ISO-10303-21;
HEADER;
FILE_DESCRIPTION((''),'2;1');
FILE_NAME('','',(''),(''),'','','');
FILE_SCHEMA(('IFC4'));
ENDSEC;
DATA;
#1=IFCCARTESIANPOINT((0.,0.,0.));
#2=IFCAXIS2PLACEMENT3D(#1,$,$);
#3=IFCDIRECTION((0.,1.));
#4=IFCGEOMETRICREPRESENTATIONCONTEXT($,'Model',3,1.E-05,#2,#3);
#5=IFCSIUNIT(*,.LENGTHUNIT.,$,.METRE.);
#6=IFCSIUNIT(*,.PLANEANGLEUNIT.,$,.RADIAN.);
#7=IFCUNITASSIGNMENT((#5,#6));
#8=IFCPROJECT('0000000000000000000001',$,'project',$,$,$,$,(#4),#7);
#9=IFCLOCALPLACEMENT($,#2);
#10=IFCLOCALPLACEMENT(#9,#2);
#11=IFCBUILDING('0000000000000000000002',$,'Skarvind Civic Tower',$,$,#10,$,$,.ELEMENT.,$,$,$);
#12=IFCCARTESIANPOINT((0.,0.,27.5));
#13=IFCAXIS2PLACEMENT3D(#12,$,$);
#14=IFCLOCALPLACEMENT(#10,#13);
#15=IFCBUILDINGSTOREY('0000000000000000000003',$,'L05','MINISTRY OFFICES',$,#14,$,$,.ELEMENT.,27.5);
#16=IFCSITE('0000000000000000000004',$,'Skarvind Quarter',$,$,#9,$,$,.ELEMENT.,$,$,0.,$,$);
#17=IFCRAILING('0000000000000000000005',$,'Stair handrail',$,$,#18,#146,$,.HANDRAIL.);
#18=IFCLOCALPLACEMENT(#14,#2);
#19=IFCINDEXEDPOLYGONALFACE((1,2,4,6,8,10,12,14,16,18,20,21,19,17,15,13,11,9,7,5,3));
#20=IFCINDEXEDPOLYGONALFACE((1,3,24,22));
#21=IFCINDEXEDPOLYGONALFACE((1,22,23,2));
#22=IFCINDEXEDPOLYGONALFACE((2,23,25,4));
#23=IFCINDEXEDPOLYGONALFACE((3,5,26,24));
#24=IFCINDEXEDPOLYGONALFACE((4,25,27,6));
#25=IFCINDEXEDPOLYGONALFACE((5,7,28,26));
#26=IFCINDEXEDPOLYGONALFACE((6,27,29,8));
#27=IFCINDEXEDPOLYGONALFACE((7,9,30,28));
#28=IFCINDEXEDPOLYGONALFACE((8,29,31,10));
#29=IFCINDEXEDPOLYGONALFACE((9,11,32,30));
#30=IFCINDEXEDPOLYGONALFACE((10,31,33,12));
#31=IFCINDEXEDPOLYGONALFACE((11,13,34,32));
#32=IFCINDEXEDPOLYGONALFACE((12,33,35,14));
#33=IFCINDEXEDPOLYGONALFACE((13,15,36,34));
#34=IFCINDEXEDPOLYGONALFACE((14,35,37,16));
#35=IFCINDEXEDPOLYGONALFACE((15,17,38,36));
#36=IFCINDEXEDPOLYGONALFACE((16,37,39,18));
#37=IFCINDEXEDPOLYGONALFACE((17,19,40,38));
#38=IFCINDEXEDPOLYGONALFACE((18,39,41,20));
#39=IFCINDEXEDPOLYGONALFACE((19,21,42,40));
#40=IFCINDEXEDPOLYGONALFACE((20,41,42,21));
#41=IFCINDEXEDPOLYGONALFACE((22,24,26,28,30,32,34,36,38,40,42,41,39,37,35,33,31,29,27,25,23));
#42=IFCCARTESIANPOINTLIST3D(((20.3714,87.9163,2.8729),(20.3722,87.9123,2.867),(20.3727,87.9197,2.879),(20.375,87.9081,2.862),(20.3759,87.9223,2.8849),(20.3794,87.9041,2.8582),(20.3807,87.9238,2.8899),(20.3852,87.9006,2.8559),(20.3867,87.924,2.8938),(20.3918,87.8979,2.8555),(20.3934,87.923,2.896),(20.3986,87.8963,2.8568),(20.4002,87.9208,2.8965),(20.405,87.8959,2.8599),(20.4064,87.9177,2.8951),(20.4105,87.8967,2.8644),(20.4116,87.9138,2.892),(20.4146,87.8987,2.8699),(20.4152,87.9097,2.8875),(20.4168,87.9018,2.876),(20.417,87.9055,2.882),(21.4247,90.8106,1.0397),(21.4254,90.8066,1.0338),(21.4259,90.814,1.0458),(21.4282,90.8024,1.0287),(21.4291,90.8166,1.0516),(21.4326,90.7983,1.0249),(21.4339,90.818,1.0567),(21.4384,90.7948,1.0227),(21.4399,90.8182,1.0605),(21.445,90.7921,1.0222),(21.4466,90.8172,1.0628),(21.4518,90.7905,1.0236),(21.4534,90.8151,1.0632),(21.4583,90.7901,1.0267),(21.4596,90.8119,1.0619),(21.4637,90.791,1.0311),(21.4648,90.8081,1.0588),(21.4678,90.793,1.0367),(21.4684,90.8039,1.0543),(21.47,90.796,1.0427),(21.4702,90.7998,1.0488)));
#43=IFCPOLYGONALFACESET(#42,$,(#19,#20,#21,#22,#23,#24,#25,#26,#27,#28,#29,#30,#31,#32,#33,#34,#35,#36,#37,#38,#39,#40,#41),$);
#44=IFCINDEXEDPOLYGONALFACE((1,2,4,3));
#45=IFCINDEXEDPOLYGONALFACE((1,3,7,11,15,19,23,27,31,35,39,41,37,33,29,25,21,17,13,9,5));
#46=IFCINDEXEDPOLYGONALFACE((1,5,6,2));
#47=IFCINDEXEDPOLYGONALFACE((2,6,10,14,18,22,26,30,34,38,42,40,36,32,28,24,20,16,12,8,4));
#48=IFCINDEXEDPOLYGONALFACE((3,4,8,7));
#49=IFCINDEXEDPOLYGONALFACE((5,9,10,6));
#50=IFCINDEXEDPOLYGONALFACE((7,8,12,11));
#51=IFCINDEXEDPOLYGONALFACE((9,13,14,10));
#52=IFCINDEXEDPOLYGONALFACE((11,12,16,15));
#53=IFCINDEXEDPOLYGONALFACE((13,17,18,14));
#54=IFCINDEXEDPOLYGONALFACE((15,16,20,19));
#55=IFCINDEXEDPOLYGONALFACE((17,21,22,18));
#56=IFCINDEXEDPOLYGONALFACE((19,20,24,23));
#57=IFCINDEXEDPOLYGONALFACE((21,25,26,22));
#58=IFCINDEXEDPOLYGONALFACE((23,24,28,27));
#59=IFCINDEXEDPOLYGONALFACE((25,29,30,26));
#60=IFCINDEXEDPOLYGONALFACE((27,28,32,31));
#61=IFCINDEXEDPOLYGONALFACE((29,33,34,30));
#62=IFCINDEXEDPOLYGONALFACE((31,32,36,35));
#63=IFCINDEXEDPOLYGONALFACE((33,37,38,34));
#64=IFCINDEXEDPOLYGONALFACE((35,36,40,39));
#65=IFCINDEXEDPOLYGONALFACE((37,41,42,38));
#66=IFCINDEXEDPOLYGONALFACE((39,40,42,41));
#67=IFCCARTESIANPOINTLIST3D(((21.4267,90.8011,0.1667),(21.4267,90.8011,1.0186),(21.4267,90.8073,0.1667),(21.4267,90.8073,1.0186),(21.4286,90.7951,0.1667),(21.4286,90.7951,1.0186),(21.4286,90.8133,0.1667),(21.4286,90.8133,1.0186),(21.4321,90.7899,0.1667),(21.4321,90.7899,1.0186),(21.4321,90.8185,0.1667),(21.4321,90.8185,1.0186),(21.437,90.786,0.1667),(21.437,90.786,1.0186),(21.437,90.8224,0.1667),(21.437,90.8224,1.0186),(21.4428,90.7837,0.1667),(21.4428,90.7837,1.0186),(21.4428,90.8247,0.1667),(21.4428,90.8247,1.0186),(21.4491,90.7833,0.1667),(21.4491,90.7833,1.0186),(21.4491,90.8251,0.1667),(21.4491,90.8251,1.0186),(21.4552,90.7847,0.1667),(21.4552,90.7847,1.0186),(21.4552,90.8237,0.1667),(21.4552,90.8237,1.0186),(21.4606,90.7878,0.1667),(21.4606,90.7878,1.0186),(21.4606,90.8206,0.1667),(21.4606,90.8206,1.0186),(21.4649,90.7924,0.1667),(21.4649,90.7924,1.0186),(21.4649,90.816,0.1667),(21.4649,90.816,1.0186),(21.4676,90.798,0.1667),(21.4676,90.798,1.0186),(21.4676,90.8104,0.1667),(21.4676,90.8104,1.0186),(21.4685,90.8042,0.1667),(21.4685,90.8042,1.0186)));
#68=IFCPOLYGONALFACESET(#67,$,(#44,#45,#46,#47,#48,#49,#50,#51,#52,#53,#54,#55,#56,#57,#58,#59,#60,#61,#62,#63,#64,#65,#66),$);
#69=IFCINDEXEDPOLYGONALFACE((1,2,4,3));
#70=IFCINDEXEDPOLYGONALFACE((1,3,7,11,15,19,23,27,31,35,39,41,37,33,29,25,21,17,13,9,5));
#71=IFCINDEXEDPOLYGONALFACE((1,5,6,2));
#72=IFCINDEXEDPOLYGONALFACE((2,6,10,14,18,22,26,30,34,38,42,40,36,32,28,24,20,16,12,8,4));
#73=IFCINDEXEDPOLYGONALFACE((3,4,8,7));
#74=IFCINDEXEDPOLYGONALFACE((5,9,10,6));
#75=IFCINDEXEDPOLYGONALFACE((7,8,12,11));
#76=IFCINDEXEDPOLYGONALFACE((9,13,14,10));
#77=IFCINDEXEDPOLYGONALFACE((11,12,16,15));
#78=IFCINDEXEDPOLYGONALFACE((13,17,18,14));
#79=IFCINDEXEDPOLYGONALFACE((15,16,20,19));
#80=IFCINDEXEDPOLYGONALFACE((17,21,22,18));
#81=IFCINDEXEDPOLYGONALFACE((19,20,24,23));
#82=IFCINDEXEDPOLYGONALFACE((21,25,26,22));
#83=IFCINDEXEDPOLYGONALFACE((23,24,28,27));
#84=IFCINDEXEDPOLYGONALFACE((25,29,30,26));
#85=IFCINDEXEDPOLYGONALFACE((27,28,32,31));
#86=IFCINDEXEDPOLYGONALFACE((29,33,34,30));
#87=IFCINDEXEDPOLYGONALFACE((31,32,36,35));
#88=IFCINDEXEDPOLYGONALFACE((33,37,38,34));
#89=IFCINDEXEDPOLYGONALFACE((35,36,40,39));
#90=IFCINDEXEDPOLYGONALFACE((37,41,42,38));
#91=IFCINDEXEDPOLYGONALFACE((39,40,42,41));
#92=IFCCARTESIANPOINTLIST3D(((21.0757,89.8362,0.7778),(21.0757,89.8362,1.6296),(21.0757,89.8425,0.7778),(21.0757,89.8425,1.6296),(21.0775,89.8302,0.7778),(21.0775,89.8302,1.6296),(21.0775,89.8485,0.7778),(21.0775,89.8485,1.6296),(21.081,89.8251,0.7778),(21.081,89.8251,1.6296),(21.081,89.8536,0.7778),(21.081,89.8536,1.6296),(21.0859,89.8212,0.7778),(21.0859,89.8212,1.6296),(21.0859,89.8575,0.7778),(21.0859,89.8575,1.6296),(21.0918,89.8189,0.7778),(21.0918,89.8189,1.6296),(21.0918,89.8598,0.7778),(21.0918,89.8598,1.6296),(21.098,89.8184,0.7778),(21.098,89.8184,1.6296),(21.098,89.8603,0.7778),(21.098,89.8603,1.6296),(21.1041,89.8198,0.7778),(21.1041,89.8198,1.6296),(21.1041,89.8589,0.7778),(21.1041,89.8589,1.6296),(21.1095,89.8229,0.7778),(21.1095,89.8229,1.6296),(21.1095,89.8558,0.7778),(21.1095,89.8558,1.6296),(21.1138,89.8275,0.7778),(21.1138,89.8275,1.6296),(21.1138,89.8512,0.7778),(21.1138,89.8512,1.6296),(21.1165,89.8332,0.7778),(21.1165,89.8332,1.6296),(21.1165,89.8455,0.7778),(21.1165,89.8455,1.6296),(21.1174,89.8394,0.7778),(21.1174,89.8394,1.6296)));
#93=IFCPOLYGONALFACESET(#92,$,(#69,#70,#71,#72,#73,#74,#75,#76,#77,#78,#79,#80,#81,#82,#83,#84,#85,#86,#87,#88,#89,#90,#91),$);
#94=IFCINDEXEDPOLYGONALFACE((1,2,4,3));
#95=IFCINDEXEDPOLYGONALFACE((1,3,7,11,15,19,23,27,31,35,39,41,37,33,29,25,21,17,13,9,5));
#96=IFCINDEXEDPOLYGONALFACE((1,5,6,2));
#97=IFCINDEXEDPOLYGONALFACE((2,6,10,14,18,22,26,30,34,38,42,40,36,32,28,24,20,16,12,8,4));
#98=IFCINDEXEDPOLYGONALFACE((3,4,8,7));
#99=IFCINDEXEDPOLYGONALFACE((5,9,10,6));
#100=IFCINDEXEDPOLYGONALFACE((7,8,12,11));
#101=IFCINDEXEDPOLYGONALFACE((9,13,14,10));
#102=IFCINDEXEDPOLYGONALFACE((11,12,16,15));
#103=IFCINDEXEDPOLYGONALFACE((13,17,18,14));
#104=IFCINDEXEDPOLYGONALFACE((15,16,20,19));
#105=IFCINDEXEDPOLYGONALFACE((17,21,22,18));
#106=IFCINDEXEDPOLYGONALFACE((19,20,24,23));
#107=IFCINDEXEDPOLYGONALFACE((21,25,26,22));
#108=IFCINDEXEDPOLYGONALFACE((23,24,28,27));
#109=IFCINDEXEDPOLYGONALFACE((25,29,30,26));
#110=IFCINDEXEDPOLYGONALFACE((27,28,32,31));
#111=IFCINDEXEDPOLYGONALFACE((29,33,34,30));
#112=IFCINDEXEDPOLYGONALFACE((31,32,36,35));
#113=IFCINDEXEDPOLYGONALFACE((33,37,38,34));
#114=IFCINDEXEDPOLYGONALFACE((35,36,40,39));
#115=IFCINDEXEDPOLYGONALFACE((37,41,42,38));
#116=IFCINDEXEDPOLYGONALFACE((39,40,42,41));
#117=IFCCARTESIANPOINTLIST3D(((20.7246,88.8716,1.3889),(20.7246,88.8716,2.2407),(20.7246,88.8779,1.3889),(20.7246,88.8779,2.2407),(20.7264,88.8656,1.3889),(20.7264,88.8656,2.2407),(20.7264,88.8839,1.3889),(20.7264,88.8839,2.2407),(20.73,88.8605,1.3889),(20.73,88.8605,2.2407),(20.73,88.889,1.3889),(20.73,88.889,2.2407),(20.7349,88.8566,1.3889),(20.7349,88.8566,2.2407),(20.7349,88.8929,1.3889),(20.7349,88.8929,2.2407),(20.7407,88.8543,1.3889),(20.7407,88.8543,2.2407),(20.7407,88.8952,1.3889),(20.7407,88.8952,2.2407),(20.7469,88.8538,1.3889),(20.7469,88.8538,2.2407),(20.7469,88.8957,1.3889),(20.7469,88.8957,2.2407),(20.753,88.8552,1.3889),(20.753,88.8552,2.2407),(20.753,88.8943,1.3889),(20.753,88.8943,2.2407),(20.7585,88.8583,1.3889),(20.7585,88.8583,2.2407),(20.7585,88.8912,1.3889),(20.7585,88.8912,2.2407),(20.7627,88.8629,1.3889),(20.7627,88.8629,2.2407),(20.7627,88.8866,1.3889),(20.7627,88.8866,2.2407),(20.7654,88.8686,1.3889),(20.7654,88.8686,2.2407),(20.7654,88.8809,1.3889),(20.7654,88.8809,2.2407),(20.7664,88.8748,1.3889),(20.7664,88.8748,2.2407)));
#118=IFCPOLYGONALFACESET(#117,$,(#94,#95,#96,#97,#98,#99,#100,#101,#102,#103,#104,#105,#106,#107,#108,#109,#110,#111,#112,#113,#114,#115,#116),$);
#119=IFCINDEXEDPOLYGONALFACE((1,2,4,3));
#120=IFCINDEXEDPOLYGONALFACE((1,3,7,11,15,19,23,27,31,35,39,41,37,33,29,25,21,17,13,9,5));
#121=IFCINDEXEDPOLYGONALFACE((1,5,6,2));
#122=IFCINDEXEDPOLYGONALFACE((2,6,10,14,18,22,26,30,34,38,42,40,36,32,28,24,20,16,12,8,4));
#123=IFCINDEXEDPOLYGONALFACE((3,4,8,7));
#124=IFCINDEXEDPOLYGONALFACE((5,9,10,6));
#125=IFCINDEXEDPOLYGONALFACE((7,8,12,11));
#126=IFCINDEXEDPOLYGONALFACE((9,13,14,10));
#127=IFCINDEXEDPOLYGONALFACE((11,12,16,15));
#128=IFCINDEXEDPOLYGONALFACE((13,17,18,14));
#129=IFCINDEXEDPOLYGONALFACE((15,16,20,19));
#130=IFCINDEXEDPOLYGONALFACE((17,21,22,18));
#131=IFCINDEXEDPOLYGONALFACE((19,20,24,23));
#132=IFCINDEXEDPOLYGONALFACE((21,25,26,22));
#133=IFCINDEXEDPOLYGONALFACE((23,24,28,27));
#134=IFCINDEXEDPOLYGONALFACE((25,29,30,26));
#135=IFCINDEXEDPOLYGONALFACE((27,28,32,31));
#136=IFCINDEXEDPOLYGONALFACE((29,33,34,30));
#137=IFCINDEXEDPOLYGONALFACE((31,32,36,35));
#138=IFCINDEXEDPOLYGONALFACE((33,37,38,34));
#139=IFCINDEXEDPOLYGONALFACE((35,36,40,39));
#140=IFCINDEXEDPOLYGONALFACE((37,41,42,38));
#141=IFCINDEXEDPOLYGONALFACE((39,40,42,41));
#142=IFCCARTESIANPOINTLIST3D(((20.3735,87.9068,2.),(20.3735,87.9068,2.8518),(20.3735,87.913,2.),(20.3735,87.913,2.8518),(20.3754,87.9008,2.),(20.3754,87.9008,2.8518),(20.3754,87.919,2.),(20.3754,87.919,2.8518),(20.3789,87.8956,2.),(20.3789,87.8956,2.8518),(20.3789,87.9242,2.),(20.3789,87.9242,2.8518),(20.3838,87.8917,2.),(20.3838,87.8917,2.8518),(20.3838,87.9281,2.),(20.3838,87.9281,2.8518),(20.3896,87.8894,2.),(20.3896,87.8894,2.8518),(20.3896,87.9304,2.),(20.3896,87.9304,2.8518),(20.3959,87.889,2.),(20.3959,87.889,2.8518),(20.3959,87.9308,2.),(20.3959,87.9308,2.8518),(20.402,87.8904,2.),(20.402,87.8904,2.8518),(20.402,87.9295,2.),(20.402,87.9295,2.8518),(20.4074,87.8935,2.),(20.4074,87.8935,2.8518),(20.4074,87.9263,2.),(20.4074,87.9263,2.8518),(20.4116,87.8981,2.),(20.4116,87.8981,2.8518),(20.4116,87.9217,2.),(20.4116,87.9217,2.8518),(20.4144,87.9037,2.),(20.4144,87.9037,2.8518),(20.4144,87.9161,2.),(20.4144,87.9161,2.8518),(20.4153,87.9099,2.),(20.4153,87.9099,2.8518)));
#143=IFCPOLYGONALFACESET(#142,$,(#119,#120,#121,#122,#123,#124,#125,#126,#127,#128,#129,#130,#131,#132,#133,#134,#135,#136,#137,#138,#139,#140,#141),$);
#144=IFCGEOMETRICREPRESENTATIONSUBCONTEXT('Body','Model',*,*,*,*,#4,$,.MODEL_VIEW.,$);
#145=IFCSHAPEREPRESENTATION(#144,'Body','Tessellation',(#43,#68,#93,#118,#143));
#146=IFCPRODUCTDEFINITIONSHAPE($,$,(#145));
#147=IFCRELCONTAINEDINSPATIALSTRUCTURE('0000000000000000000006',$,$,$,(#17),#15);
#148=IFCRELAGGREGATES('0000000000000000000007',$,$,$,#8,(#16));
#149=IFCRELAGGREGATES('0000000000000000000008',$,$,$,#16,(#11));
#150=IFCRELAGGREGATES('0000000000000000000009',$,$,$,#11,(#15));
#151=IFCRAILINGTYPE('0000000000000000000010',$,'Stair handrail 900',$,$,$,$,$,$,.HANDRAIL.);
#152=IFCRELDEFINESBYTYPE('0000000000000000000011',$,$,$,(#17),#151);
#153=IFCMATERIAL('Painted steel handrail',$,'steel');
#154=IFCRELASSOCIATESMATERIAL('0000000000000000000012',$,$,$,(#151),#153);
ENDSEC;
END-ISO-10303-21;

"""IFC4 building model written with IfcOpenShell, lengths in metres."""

from ifc_helpers import new_model, si_unit, direction, frame, origin, origin_2d, place, context, subcontext, project, spatial, circle, extrude, material, type_object, element, save


model = new_model("IFC4")

# Units and contexts
model_context = context("Model", 3, precision=1e-05, world=origin(), true_north=direction((0.0, 1.0)))
body_context = subcontext(model_context, "Body", "Model", "MODEL_VIEW")
ifc_project = project(units=[si_unit("LENGTHUNIT", "METRE"), si_unit("PLANEANGLEUNIT", "RADIAN")], contexts=[model_context])

# Site, building, storey
site_placement = place(None, origin())
site = spatial("IfcSite", under=ifc_project, at=site_placement, Name="Skarvind Quarter", CompositionType="ELEMENT", RefElevation=0.0)
building_placement = place(site_placement, origin())
building = spatial("IfcBuilding", under=site, at=building_placement, Name="Skarvind Civic Tower", CompositionType="ELEMENT")
storey_placement = place(building_placement, frame((0.0, 0.0, 27.5)))
storey = spatial("IfcBuildingStorey", under=building, at=storey_placement, Name="L05", Description="MINISTRY OFFICES", CompositionType="ELEMENT", Elevation=27.5)

# Railing
ifc_material_1 = material(Name="Painted steel handrail", Category="steel")
railing_type = type_object("IfcRailingType", Name="Stair handrail 900", PredefinedType="HANDRAIL", material=ifc_material_1)
railing_1_placement = place(storey_placement, frame((21.4475, 90.8042, 0.1667)))
element("IfcRailing", 1, at=railing_1_placement, inside=storey, type_object=railing_type, Name="Stair handrail", PredefinedType="HANDRAIL", context=body_context, shape_type="SweptSolid", body=[
    extrude(circle(Radius=0.0239, at=origin_2d()), frame((0.0, 0.0, 0.876), z_axis=(-0.293846, -0.807497, 0.511472), x_axis=(0.939715, -0.341959, 0.0)), (0.0, 0.0, 1.0), 3.5842),
    extrude(circle(Radius=0.021, at=origin_2d()), origin(), (0.0, 0.0, 1.0), 0.8518),
    extrude(circle(Radius=0.021, at=origin_2d()), frame((-0.3511, -0.9648, 0.6111)), (0.0, 0.0, 1.0), 0.8518),
    extrude(circle(Radius=0.021, at=origin_2d()), frame((-0.7021, -1.9294, 1.2222)), (0.0, 0.0, 1.0), 0.8518),
    extrude(circle(Radius=0.021, at=origin_2d()), frame((-1.0532, -2.8943, 1.8333)), (0.0, 0.0, 1.0), 0.8518),
])

save(model, "model.ifc")
